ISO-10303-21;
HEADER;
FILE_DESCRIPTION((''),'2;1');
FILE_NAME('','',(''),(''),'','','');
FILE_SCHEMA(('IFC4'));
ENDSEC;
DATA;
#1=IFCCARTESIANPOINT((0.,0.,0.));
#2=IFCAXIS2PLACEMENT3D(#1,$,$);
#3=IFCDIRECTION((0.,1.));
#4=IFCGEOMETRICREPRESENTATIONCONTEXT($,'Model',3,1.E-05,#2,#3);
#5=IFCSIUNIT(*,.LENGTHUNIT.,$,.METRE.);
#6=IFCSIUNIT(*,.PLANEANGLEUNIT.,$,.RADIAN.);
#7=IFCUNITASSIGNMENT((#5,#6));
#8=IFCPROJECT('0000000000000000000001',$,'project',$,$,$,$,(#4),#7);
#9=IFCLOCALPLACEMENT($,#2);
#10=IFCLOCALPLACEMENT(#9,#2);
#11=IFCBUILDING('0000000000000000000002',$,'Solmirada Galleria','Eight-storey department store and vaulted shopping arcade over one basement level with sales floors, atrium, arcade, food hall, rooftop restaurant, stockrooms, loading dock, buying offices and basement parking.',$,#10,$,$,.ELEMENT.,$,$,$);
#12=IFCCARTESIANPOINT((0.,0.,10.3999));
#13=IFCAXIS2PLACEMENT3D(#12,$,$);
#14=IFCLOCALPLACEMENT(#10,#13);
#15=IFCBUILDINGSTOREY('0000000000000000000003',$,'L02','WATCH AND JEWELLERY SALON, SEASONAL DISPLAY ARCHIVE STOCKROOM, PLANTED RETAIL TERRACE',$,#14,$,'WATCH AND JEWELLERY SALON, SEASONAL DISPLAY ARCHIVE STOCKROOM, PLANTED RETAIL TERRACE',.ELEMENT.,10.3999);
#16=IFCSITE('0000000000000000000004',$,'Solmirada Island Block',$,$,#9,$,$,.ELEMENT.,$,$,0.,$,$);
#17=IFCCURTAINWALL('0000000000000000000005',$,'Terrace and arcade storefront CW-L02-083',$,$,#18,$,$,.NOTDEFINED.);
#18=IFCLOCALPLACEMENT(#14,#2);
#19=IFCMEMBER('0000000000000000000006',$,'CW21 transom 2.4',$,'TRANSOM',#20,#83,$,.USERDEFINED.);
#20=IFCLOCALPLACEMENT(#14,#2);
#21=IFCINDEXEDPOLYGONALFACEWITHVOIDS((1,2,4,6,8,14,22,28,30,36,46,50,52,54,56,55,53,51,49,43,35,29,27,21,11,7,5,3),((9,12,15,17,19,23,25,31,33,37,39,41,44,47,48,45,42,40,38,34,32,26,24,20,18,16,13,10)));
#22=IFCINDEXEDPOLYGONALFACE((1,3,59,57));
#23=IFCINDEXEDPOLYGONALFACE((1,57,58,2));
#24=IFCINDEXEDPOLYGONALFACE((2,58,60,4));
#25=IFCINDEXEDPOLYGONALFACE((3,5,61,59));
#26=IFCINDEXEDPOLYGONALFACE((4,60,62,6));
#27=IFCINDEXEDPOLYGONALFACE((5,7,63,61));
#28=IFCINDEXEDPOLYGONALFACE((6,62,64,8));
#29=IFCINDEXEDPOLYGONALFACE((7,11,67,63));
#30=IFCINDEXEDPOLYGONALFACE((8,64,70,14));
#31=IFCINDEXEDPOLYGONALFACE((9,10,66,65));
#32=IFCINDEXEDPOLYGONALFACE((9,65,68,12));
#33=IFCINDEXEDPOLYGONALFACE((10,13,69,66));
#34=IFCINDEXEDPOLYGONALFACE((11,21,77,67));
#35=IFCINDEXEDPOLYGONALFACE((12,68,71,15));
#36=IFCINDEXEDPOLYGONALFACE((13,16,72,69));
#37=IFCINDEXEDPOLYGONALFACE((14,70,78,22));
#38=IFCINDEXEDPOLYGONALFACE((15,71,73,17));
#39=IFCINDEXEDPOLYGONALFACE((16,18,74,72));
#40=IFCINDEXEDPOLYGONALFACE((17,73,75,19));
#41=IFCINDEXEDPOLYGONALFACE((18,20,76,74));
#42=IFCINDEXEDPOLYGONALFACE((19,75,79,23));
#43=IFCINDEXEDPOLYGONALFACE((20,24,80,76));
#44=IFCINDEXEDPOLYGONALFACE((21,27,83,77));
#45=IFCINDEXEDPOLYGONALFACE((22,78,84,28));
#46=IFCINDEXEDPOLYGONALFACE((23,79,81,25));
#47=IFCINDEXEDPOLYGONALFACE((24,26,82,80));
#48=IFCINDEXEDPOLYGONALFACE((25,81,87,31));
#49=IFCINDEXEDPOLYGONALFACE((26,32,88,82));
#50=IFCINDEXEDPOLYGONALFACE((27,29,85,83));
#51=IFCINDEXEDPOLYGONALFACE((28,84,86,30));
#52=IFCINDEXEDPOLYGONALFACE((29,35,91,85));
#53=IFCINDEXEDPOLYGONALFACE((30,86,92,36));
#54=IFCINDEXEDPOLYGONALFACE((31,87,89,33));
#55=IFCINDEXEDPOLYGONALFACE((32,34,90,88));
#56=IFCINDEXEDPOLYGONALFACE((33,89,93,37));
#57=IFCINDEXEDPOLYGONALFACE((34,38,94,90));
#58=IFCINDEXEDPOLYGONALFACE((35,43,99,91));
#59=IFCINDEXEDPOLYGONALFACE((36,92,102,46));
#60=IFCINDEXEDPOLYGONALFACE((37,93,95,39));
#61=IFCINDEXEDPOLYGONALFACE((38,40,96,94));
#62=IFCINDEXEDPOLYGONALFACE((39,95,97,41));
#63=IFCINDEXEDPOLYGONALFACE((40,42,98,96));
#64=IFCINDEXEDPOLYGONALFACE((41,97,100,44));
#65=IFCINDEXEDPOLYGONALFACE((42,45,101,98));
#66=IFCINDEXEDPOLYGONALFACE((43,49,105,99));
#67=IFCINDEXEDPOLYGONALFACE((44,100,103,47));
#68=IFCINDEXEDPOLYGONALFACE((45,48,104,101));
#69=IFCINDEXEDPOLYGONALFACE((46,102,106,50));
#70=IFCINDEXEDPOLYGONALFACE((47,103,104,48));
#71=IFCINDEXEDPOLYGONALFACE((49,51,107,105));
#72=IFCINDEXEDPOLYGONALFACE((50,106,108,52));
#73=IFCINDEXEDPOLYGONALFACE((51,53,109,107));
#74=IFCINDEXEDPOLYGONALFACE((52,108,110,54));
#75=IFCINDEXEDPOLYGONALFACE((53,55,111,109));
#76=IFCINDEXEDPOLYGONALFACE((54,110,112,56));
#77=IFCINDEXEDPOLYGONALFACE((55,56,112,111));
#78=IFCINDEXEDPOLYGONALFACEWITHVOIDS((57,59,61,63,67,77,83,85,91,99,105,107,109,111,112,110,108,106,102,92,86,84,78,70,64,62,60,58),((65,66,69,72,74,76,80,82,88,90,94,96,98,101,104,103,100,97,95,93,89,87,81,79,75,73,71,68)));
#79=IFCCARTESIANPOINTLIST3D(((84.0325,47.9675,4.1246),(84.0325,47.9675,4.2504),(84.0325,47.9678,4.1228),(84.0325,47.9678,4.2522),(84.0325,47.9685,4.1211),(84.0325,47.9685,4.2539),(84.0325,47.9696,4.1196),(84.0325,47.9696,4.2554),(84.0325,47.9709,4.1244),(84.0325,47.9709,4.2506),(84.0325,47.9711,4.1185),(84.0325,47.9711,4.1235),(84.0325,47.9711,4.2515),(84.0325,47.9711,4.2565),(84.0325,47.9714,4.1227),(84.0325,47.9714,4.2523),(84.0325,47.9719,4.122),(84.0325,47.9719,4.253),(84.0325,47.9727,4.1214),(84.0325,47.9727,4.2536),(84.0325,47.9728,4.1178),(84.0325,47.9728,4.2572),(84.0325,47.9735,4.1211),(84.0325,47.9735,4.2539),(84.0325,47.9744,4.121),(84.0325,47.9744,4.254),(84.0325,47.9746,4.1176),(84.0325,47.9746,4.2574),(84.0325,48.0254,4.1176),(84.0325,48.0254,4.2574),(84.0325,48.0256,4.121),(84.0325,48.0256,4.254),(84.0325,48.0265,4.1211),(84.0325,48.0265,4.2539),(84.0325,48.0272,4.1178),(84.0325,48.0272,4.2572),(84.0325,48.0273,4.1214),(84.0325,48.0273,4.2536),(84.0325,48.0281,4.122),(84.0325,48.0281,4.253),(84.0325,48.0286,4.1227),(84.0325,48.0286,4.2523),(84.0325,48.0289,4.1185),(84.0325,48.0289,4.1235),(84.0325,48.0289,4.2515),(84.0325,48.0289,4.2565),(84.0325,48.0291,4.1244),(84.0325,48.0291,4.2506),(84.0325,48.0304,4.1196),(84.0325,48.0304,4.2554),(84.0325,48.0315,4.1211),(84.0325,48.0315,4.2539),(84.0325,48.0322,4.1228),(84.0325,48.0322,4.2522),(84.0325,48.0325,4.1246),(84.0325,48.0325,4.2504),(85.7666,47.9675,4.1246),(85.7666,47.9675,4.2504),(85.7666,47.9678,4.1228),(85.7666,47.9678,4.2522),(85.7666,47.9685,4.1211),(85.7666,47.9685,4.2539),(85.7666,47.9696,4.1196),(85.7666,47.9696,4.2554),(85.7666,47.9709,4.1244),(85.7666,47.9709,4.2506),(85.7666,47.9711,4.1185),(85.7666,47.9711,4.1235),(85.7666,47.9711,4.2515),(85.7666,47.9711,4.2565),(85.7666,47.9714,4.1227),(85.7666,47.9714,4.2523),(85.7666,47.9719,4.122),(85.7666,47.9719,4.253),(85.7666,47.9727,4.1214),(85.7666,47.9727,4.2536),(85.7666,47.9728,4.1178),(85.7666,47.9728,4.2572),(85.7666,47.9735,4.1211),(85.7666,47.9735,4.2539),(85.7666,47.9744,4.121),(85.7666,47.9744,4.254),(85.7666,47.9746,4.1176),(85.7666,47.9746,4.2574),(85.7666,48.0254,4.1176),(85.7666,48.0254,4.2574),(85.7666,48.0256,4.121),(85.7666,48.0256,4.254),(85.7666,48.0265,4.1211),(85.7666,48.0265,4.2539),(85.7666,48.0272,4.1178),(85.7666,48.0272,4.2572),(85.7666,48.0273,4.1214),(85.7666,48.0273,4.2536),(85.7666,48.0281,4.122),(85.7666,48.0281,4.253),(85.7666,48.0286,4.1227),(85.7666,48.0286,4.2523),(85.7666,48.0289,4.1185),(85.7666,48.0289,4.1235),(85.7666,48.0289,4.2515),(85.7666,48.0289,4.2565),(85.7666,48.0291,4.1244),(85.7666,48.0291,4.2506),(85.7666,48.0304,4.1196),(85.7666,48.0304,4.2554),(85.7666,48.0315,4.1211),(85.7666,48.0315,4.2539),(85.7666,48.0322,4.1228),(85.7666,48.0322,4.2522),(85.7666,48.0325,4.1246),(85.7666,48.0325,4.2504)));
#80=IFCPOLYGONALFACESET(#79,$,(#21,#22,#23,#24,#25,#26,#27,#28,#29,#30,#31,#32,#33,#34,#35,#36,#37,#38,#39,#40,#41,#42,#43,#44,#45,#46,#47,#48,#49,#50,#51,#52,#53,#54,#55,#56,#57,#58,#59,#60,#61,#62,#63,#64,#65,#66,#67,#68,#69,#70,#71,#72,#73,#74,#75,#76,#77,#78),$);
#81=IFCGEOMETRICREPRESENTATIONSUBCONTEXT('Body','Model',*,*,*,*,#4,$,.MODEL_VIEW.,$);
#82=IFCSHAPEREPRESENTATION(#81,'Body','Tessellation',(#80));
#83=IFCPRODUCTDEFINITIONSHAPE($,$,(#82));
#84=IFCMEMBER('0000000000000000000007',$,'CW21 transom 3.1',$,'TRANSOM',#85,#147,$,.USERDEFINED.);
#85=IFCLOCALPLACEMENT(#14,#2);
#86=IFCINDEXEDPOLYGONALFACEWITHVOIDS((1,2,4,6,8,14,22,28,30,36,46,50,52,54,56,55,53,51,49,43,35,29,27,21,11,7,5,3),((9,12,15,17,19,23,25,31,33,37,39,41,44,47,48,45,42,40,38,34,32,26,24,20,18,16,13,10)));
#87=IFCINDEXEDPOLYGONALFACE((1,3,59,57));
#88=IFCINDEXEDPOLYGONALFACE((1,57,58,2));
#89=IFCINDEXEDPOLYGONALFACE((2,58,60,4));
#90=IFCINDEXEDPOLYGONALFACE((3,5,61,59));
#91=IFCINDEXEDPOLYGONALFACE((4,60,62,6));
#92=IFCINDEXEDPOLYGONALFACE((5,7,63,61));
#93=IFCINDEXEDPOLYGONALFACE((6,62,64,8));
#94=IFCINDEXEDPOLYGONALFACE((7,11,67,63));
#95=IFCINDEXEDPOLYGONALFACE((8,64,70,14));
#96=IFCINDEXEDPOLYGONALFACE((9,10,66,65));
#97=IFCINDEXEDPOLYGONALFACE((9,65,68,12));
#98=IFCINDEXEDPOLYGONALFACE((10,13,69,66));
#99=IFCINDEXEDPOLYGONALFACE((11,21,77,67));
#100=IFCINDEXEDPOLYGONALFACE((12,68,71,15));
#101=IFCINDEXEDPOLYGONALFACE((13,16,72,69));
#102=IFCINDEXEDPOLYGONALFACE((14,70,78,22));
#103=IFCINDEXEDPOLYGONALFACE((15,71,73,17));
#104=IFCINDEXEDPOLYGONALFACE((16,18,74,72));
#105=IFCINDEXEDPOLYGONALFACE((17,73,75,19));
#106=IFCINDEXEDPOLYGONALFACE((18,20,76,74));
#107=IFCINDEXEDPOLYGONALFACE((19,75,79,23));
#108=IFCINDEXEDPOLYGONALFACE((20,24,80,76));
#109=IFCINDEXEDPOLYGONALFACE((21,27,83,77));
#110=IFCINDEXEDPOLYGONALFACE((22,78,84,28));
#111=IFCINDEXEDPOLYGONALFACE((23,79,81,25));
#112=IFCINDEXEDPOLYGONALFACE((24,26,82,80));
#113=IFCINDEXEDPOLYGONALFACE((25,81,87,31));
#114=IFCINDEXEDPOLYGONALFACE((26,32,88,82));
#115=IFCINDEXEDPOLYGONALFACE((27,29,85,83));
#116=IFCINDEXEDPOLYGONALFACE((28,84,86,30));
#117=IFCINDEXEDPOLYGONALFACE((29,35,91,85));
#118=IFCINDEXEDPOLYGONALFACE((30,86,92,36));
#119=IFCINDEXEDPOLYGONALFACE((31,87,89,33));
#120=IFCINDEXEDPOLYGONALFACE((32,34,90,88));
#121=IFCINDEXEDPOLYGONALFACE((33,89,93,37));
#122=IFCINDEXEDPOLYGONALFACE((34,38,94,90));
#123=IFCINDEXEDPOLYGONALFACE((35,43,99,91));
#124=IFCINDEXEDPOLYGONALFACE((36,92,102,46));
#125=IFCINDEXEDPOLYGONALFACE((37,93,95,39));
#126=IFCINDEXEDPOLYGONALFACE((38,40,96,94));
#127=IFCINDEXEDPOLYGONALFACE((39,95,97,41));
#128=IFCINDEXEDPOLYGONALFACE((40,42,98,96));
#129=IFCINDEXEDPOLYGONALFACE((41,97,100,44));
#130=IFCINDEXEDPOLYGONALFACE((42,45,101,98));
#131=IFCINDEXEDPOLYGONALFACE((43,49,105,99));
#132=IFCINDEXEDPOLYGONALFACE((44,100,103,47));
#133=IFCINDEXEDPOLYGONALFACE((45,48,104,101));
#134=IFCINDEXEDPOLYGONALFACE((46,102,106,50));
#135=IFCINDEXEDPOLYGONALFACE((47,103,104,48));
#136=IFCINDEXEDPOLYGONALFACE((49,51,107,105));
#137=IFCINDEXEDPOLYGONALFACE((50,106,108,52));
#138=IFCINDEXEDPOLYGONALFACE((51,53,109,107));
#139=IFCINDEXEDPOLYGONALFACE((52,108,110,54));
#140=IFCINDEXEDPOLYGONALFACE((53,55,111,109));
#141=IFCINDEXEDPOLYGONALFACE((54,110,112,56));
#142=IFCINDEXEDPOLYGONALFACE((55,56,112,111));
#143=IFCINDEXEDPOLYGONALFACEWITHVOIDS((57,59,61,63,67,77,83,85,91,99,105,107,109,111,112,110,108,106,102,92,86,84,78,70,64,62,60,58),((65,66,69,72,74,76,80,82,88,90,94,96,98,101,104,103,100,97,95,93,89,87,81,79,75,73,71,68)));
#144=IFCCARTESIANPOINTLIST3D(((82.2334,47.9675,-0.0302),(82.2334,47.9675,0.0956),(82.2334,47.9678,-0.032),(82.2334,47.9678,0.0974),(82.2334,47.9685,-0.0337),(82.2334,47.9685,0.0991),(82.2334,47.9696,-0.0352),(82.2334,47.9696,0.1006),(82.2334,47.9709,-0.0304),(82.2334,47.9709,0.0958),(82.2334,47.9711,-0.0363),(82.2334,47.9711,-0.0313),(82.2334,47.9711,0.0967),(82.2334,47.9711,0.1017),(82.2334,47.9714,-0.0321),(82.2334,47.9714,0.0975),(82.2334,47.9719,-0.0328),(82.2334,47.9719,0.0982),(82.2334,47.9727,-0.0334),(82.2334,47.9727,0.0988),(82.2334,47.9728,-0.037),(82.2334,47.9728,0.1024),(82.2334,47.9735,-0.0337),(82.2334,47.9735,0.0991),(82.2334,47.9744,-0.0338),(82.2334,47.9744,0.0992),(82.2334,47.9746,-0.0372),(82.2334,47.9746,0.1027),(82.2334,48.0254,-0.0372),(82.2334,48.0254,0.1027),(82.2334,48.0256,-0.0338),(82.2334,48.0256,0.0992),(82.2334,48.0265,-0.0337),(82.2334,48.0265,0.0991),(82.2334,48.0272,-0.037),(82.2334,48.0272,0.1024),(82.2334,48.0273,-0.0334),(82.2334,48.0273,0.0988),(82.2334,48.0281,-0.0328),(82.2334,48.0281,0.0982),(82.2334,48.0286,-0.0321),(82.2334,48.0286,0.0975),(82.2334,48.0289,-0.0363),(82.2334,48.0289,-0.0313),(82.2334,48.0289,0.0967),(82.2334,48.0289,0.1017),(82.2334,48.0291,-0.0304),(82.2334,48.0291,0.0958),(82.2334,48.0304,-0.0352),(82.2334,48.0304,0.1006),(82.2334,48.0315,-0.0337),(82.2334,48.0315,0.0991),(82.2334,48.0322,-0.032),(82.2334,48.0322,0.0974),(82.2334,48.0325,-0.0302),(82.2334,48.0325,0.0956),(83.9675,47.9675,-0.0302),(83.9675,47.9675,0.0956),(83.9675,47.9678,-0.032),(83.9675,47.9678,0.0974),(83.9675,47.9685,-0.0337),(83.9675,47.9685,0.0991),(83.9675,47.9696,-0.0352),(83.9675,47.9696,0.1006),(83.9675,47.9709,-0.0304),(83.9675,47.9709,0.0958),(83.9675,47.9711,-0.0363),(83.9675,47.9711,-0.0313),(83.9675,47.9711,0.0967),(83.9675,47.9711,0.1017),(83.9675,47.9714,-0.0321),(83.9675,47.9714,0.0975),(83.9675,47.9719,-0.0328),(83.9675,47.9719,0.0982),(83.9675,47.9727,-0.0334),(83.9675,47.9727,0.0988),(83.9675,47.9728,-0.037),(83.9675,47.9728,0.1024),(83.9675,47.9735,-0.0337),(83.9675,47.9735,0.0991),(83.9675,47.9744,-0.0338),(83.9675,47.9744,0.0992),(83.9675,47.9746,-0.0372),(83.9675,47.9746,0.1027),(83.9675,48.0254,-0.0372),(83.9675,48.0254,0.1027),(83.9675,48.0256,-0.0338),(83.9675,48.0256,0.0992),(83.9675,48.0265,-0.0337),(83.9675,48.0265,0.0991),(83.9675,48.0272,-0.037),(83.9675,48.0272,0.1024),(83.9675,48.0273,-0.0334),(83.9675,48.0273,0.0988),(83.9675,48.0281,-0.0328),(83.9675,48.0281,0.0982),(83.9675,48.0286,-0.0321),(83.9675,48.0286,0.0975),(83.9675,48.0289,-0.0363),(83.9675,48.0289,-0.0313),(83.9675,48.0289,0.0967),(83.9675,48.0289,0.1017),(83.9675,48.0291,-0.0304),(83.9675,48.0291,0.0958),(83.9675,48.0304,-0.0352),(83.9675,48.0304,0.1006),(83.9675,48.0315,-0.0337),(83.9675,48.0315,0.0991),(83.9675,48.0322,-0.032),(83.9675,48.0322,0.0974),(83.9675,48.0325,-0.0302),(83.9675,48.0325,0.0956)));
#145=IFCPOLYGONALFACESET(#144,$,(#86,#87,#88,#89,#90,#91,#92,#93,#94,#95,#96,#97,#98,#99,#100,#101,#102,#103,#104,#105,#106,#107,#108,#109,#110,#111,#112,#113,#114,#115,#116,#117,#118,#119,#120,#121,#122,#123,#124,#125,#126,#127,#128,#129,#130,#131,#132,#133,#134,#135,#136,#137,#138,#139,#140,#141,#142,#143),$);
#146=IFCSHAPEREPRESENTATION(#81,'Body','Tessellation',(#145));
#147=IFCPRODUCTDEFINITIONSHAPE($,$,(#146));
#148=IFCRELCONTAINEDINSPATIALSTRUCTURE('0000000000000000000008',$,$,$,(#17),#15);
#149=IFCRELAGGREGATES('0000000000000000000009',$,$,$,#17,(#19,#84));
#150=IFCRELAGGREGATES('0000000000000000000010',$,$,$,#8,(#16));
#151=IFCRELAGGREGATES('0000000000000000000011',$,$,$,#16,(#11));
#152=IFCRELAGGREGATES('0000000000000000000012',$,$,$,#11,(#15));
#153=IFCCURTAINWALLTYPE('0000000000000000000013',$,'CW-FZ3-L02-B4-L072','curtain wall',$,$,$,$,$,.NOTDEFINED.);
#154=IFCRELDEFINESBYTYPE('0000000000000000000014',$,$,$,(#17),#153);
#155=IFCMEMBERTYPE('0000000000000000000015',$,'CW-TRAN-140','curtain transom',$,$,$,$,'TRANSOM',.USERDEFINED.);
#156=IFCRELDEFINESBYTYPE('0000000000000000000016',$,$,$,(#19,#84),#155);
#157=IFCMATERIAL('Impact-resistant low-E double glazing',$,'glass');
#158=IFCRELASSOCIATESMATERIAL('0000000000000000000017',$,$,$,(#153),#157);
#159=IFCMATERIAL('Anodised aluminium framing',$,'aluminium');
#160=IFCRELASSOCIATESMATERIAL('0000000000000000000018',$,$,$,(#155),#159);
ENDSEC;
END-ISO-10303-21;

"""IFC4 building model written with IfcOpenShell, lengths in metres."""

from ifc_helpers import new_model, si_unit, direction, frame, origin, origin_2d, place, context, subcontext, project, spatial, hollow_rectangle, extrude, material, material_profile, profile_set, type_object, element, aggregate, save


model = new_model("IFC4")

# Units and contexts
model_context = context("Model", 3, precision=1e-05, world=origin(), true_north=direction((0.0, 1.0)))
body_context = subcontext(model_context, "Body", "Model", "MODEL_VIEW")
ifc_project = project(units=[si_unit("LENGTHUNIT", "METRE"), si_unit("PLANEANGLEUNIT", "RADIAN")], contexts=[model_context])

# Site, building, storey
site_placement = place(None, origin())
site = spatial("IfcSite", under=ifc_project, at=site_placement, Name="Solmirada Island Block", CompositionType="ELEMENT", RefElevation=0.0)
building_placement = place(site_placement, origin())
building = spatial("IfcBuilding", under=site, at=building_placement, Name="Solmirada Galleria", Description="Eight-storey department store and vaulted shopping arcade over one basement level with sales floors, atrium, arcade, food hall, rooftop restaurant, stockrooms, loading dock, buying offices and basement parking.", CompositionType="ELEMENT")
storey_placement = place(building_placement, frame((0.0, 0.0, 10.3999)))
storey = spatial("IfcBuildingStorey", under=building, at=storey_placement, Name="L02", Description="WATCH AND JEWELLERY SALON, SEASONAL DISPLAY ARCHIVE STOCKROOM, PLANTED RETAIL TERRACE", LongName="WATCH AND JEWELLERY SALON, SEASONAL DISPLAY ARCHIVE STOCKROOM, PLANTED RETAIL TERRACE", CompositionType="ELEMENT", Elevation=10.3999)

# Curtain wall
ifc_material_1 = material(Name="Impact-resistant low-E double glazing", Category="glass")
curtain_wall_type = type_object("IfcCurtainWallType", Name="CW-FZ3-L02-B4-L072", Description="curtain wall", PredefinedType="NOTDEFINED", material=ifc_material_1)
curtain_wall_1_placement = place(storey_placement, origin())
curtain_wall_1 = element("IfcCurtainWall", 1, at=curtain_wall_1_placement, inside=storey, type_object=curtain_wall_type, Name="Terrace and arcade storefront CW-L02-083", PredefinedType="NOTDEFINED")
ifc_material_2 = material(Name="Anodised aluminium framing", Category="aluminium")

# Members
ifc_material_profile_1 = material_profile(ifc_material_2, hollow_rectangle(XDim=0.0649, YDim=0.1399, WallThickness=0.0034, InnerFilletRadius=0.0034, OuterFilletRadius=0.0071, at=origin_2d()), Name="ALU-TRAN-140X65")
ifc_profile_set_1 = profile_set([ifc_material_profile_1], Name="Anodised aluminium framing")
member_type_1 = type_object("IfcMemberType", Name="CW-TRAN-140", Description="curtain transom", ElementType="TRANSOM", PredefinedType="USERDEFINED", material=ifc_profile_set_1)
member_1_placement = place(storey_placement, frame((85.7666, 48.0, 4.1875), z_axis=(-1.0, 0.0, 0.0), x_axis=(0.0, -1.0, 0.0)))
member_1 = element("IfcMember", 2, at=member_1_placement, type_object=member_type_1, Name="CW21 transom 2.4", ObjectType="TRANSOM", PredefinedType="USERDEFINED", context=body_context, shape_type="SweptSolid", body=[
    extrude(hollow_rectangle(XDim=0.0649, YDim=0.1399, WallThickness=0.0034, InnerFilletRadius=0.0034, OuterFilletRadius=0.0071, at=origin_2d()), origin(), (0.0, 0.0, 1.0), 1.7341),
])
member_2_placement = place(storey_placement, frame((83.9675, 48.0, 0.0327), z_axis=(-1.0, 0.0, 0.0), x_axis=(0.0, -1.0, 0.0)))
member_2 = element("IfcMember", 3, at=member_2_placement, type_object=member_type_1, Name="CW21 transom 3.1", ObjectType="TRANSOM", PredefinedType="USERDEFINED", context=body_context, shape_type="SweptSolid", body=[
    extrude(hollow_rectangle(XDim=0.0649, YDim=0.1399, WallThickness=0.0034, InnerFilletRadius=0.0034, OuterFilletRadius=0.0071, at=origin_2d()), origin(), (0.0, 0.0, 1.0), 1.7341),
])

aggregate(curtain_wall_1, [member_1, member_2])

save(model, "model.ifc")
